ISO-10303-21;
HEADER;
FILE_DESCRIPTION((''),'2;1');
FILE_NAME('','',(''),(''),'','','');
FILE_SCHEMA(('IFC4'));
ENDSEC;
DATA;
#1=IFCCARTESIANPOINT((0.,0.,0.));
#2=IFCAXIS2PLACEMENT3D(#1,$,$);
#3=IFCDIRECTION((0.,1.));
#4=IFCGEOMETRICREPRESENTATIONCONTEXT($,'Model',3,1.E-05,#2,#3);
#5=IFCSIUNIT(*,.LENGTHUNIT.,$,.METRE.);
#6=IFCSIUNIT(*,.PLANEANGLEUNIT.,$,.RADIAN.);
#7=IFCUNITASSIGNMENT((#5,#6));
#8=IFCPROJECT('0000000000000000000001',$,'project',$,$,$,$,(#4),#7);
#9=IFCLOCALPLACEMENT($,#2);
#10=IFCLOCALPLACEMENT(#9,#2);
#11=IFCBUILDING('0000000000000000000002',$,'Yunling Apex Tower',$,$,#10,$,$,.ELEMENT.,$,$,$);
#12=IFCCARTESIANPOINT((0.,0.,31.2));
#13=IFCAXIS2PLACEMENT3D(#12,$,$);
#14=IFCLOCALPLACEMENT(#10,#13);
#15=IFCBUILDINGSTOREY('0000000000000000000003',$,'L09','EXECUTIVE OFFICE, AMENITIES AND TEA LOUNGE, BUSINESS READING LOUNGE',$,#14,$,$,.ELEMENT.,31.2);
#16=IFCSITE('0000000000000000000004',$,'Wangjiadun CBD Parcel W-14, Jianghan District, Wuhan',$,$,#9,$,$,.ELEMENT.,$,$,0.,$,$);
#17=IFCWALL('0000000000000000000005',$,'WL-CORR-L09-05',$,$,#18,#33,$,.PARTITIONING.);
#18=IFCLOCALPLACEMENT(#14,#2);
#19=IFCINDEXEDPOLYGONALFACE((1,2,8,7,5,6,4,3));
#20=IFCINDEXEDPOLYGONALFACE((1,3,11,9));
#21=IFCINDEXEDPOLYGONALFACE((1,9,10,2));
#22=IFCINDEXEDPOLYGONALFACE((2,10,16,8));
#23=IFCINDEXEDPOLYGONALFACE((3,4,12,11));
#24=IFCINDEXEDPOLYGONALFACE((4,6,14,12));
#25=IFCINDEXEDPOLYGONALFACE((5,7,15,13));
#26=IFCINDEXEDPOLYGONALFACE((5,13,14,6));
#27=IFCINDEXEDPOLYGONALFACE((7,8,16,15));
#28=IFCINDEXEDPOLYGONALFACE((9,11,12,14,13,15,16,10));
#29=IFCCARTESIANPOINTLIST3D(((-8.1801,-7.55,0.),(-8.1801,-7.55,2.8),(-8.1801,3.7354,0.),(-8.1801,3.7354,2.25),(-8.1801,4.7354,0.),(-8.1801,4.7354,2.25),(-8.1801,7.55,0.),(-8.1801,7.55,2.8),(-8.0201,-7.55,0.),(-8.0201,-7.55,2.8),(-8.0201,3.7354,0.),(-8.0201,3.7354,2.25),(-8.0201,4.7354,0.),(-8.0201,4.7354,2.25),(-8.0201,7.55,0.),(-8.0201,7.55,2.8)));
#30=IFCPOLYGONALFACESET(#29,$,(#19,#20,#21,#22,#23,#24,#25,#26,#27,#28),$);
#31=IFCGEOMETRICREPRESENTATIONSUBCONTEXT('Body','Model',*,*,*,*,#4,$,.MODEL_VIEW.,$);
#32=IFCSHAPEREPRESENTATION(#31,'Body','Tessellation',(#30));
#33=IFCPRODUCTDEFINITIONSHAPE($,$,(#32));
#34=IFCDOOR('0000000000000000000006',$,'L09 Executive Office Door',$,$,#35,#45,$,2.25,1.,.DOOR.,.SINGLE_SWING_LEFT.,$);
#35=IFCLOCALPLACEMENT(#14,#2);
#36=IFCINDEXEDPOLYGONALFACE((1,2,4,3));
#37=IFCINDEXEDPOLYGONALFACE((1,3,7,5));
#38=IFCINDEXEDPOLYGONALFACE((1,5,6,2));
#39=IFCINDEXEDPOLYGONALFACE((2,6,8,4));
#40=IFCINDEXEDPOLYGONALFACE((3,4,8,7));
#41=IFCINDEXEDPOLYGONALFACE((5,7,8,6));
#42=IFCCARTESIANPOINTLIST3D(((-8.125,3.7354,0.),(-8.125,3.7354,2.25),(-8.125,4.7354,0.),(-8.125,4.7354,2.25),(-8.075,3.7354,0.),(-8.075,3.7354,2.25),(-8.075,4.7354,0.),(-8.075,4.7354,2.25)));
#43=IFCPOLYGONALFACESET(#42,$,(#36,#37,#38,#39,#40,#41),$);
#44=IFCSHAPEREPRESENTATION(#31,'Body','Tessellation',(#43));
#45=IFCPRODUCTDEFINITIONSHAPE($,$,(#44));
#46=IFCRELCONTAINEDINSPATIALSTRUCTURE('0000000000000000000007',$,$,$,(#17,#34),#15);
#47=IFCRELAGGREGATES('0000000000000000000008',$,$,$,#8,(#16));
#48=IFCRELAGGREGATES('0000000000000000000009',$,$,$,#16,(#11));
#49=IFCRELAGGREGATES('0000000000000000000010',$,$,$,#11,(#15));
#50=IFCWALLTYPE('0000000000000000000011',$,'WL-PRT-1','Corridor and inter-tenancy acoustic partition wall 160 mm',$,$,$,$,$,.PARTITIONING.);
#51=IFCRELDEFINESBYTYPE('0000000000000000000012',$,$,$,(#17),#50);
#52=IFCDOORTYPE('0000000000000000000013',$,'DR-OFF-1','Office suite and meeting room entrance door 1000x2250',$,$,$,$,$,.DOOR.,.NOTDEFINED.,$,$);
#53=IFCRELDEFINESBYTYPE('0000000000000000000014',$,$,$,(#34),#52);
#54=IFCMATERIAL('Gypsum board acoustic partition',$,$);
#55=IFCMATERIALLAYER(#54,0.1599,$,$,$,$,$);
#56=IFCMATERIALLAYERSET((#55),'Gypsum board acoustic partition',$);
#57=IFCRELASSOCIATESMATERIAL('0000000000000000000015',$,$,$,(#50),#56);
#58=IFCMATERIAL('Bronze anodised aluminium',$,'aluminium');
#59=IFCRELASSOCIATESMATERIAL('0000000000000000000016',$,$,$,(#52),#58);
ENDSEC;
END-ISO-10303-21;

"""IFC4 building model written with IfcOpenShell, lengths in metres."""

from ifc_helpers import new_model, si_unit, direction, frame, frame_2d, origin, place, context, subcontext, project, spatial, rectangle, extrude, material, layer, layer_set, type_object, element, fill, save


model = new_model("IFC4")

# Units and contexts
model_context = context("Model", 3, precision=1e-05, world=origin(), true_north=direction((0.0, 1.0)))
body_context = subcontext(model_context, "Body", "Model", "MODEL_VIEW")
ifc_project = project(units=[si_unit("LENGTHUNIT", "METRE"), si_unit("PLANEANGLEUNIT", "RADIAN")], contexts=[model_context])

# Site, building, storey
site_placement = place(None, origin())
site = spatial("IfcSite", under=ifc_project, at=site_placement, Name="Wangjiadun CBD Parcel W-14, Jianghan District, Wuhan", CompositionType="ELEMENT", RefElevation=0.0)
building_placement = place(site_placement, origin())
building = spatial("IfcBuilding", under=site, at=building_placement, Name="Yunling Apex Tower", CompositionType="ELEMENT")
storey_placement = place(building_placement, frame((0.0, 0.0, 31.2)))
storey = spatial("IfcBuildingStorey", under=building, at=storey_placement, Name="L09", Description="EXECUTIVE OFFICE, AMENITIES AND TEA LOUNGE, BUSINESS READING LOUNGE", CompositionType="ELEMENT", Elevation=31.2)

# Shared definitions
ifc_material_1 = material(Name="Bronze anodised aluminium", Category="aluminium")

# Wall, opening, door
ifc_material_2 = material(Name="Gypsum board acoustic partition")
ifc_layer_1 = layer(ifc_material_2, 0.1599)
ifc_layer_set_1 = layer_set([ifc_layer_1], Name="Gypsum board acoustic partition")
wall_type = type_object("IfcWallType", Name="WL-PRT-1", Description="Corridor and inter-tenancy acoustic partition wall 160 mm", PredefinedType="PARTITIONING", material=ifc_layer_set_1)
wall_placement = place(storey_placement, frame((-8.1001, -7.55, 0.0), z_axis=(0.0, 0.0, 1.0), x_axis=(0.0, 1.0, 0.0)))
wall = element("IfcWall", 1, at=wall_placement, inside=storey, type_object=wall_type, Name="WL-CORR-L09-05", PredefinedType="PARTITIONING", context=body_context, shape_type="SweptSolid", body=[
    extrude(rectangle(XDim=15.1001, YDim=0.1599, at=frame_2d((7.55, 0.0))), origin(), (0.0, 0.0, 1.0), 2.8),
])
opening_placement = place(wall_placement, frame((11.2854, 0.0, 0.0)))
opening = element("IfcOpeningElement", 2, at=opening_placement, cuts=wall, PredefinedType="OPENING", context=body_context, shape_type="SweptSolid", body=[
    extrude(rectangle(XDim=1.0, YDim=2.25, at=frame_2d((0.5, 1.125))), frame((0.0, 0.0898, 0.0), z_axis=(0.0, -1.0, 0.0), x_axis=(1.0, 0.0, 0.0)), (0.0, 0.0, 1.0), 0.1799),
])
door_type = type_object("IfcDoorType", Name="DR-OFF-1", Description="Office suite and meeting room entrance door 1000x2250", OperationType="NOTDEFINED", PredefinedType="DOOR", material=ifc_material_1)
door_placement = place(opening_placement, origin())
door = element("IfcDoor", 3, at=door_placement, inside=storey, type_object=door_type, Name="L09 Executive Office Door", OperationType="SINGLE_SWING_LEFT", OverallHeight=2.25, OverallWidth=1.0, PredefinedType="DOOR", context=body_context, shape_type="SweptSolid", body=[
    extrude(rectangle(XDim=1.0, YDim=2.25, at=frame_2d((0.5, 1.125))), frame((0.0, 0.0249, 0.0), z_axis=(0.0, -1.0, 0.0), x_axis=(1.0, 0.0, 0.0)), (0.0, 0.0, 1.0), 0.05),
])
fill(opening, door)

save(model, "model.ifc")
